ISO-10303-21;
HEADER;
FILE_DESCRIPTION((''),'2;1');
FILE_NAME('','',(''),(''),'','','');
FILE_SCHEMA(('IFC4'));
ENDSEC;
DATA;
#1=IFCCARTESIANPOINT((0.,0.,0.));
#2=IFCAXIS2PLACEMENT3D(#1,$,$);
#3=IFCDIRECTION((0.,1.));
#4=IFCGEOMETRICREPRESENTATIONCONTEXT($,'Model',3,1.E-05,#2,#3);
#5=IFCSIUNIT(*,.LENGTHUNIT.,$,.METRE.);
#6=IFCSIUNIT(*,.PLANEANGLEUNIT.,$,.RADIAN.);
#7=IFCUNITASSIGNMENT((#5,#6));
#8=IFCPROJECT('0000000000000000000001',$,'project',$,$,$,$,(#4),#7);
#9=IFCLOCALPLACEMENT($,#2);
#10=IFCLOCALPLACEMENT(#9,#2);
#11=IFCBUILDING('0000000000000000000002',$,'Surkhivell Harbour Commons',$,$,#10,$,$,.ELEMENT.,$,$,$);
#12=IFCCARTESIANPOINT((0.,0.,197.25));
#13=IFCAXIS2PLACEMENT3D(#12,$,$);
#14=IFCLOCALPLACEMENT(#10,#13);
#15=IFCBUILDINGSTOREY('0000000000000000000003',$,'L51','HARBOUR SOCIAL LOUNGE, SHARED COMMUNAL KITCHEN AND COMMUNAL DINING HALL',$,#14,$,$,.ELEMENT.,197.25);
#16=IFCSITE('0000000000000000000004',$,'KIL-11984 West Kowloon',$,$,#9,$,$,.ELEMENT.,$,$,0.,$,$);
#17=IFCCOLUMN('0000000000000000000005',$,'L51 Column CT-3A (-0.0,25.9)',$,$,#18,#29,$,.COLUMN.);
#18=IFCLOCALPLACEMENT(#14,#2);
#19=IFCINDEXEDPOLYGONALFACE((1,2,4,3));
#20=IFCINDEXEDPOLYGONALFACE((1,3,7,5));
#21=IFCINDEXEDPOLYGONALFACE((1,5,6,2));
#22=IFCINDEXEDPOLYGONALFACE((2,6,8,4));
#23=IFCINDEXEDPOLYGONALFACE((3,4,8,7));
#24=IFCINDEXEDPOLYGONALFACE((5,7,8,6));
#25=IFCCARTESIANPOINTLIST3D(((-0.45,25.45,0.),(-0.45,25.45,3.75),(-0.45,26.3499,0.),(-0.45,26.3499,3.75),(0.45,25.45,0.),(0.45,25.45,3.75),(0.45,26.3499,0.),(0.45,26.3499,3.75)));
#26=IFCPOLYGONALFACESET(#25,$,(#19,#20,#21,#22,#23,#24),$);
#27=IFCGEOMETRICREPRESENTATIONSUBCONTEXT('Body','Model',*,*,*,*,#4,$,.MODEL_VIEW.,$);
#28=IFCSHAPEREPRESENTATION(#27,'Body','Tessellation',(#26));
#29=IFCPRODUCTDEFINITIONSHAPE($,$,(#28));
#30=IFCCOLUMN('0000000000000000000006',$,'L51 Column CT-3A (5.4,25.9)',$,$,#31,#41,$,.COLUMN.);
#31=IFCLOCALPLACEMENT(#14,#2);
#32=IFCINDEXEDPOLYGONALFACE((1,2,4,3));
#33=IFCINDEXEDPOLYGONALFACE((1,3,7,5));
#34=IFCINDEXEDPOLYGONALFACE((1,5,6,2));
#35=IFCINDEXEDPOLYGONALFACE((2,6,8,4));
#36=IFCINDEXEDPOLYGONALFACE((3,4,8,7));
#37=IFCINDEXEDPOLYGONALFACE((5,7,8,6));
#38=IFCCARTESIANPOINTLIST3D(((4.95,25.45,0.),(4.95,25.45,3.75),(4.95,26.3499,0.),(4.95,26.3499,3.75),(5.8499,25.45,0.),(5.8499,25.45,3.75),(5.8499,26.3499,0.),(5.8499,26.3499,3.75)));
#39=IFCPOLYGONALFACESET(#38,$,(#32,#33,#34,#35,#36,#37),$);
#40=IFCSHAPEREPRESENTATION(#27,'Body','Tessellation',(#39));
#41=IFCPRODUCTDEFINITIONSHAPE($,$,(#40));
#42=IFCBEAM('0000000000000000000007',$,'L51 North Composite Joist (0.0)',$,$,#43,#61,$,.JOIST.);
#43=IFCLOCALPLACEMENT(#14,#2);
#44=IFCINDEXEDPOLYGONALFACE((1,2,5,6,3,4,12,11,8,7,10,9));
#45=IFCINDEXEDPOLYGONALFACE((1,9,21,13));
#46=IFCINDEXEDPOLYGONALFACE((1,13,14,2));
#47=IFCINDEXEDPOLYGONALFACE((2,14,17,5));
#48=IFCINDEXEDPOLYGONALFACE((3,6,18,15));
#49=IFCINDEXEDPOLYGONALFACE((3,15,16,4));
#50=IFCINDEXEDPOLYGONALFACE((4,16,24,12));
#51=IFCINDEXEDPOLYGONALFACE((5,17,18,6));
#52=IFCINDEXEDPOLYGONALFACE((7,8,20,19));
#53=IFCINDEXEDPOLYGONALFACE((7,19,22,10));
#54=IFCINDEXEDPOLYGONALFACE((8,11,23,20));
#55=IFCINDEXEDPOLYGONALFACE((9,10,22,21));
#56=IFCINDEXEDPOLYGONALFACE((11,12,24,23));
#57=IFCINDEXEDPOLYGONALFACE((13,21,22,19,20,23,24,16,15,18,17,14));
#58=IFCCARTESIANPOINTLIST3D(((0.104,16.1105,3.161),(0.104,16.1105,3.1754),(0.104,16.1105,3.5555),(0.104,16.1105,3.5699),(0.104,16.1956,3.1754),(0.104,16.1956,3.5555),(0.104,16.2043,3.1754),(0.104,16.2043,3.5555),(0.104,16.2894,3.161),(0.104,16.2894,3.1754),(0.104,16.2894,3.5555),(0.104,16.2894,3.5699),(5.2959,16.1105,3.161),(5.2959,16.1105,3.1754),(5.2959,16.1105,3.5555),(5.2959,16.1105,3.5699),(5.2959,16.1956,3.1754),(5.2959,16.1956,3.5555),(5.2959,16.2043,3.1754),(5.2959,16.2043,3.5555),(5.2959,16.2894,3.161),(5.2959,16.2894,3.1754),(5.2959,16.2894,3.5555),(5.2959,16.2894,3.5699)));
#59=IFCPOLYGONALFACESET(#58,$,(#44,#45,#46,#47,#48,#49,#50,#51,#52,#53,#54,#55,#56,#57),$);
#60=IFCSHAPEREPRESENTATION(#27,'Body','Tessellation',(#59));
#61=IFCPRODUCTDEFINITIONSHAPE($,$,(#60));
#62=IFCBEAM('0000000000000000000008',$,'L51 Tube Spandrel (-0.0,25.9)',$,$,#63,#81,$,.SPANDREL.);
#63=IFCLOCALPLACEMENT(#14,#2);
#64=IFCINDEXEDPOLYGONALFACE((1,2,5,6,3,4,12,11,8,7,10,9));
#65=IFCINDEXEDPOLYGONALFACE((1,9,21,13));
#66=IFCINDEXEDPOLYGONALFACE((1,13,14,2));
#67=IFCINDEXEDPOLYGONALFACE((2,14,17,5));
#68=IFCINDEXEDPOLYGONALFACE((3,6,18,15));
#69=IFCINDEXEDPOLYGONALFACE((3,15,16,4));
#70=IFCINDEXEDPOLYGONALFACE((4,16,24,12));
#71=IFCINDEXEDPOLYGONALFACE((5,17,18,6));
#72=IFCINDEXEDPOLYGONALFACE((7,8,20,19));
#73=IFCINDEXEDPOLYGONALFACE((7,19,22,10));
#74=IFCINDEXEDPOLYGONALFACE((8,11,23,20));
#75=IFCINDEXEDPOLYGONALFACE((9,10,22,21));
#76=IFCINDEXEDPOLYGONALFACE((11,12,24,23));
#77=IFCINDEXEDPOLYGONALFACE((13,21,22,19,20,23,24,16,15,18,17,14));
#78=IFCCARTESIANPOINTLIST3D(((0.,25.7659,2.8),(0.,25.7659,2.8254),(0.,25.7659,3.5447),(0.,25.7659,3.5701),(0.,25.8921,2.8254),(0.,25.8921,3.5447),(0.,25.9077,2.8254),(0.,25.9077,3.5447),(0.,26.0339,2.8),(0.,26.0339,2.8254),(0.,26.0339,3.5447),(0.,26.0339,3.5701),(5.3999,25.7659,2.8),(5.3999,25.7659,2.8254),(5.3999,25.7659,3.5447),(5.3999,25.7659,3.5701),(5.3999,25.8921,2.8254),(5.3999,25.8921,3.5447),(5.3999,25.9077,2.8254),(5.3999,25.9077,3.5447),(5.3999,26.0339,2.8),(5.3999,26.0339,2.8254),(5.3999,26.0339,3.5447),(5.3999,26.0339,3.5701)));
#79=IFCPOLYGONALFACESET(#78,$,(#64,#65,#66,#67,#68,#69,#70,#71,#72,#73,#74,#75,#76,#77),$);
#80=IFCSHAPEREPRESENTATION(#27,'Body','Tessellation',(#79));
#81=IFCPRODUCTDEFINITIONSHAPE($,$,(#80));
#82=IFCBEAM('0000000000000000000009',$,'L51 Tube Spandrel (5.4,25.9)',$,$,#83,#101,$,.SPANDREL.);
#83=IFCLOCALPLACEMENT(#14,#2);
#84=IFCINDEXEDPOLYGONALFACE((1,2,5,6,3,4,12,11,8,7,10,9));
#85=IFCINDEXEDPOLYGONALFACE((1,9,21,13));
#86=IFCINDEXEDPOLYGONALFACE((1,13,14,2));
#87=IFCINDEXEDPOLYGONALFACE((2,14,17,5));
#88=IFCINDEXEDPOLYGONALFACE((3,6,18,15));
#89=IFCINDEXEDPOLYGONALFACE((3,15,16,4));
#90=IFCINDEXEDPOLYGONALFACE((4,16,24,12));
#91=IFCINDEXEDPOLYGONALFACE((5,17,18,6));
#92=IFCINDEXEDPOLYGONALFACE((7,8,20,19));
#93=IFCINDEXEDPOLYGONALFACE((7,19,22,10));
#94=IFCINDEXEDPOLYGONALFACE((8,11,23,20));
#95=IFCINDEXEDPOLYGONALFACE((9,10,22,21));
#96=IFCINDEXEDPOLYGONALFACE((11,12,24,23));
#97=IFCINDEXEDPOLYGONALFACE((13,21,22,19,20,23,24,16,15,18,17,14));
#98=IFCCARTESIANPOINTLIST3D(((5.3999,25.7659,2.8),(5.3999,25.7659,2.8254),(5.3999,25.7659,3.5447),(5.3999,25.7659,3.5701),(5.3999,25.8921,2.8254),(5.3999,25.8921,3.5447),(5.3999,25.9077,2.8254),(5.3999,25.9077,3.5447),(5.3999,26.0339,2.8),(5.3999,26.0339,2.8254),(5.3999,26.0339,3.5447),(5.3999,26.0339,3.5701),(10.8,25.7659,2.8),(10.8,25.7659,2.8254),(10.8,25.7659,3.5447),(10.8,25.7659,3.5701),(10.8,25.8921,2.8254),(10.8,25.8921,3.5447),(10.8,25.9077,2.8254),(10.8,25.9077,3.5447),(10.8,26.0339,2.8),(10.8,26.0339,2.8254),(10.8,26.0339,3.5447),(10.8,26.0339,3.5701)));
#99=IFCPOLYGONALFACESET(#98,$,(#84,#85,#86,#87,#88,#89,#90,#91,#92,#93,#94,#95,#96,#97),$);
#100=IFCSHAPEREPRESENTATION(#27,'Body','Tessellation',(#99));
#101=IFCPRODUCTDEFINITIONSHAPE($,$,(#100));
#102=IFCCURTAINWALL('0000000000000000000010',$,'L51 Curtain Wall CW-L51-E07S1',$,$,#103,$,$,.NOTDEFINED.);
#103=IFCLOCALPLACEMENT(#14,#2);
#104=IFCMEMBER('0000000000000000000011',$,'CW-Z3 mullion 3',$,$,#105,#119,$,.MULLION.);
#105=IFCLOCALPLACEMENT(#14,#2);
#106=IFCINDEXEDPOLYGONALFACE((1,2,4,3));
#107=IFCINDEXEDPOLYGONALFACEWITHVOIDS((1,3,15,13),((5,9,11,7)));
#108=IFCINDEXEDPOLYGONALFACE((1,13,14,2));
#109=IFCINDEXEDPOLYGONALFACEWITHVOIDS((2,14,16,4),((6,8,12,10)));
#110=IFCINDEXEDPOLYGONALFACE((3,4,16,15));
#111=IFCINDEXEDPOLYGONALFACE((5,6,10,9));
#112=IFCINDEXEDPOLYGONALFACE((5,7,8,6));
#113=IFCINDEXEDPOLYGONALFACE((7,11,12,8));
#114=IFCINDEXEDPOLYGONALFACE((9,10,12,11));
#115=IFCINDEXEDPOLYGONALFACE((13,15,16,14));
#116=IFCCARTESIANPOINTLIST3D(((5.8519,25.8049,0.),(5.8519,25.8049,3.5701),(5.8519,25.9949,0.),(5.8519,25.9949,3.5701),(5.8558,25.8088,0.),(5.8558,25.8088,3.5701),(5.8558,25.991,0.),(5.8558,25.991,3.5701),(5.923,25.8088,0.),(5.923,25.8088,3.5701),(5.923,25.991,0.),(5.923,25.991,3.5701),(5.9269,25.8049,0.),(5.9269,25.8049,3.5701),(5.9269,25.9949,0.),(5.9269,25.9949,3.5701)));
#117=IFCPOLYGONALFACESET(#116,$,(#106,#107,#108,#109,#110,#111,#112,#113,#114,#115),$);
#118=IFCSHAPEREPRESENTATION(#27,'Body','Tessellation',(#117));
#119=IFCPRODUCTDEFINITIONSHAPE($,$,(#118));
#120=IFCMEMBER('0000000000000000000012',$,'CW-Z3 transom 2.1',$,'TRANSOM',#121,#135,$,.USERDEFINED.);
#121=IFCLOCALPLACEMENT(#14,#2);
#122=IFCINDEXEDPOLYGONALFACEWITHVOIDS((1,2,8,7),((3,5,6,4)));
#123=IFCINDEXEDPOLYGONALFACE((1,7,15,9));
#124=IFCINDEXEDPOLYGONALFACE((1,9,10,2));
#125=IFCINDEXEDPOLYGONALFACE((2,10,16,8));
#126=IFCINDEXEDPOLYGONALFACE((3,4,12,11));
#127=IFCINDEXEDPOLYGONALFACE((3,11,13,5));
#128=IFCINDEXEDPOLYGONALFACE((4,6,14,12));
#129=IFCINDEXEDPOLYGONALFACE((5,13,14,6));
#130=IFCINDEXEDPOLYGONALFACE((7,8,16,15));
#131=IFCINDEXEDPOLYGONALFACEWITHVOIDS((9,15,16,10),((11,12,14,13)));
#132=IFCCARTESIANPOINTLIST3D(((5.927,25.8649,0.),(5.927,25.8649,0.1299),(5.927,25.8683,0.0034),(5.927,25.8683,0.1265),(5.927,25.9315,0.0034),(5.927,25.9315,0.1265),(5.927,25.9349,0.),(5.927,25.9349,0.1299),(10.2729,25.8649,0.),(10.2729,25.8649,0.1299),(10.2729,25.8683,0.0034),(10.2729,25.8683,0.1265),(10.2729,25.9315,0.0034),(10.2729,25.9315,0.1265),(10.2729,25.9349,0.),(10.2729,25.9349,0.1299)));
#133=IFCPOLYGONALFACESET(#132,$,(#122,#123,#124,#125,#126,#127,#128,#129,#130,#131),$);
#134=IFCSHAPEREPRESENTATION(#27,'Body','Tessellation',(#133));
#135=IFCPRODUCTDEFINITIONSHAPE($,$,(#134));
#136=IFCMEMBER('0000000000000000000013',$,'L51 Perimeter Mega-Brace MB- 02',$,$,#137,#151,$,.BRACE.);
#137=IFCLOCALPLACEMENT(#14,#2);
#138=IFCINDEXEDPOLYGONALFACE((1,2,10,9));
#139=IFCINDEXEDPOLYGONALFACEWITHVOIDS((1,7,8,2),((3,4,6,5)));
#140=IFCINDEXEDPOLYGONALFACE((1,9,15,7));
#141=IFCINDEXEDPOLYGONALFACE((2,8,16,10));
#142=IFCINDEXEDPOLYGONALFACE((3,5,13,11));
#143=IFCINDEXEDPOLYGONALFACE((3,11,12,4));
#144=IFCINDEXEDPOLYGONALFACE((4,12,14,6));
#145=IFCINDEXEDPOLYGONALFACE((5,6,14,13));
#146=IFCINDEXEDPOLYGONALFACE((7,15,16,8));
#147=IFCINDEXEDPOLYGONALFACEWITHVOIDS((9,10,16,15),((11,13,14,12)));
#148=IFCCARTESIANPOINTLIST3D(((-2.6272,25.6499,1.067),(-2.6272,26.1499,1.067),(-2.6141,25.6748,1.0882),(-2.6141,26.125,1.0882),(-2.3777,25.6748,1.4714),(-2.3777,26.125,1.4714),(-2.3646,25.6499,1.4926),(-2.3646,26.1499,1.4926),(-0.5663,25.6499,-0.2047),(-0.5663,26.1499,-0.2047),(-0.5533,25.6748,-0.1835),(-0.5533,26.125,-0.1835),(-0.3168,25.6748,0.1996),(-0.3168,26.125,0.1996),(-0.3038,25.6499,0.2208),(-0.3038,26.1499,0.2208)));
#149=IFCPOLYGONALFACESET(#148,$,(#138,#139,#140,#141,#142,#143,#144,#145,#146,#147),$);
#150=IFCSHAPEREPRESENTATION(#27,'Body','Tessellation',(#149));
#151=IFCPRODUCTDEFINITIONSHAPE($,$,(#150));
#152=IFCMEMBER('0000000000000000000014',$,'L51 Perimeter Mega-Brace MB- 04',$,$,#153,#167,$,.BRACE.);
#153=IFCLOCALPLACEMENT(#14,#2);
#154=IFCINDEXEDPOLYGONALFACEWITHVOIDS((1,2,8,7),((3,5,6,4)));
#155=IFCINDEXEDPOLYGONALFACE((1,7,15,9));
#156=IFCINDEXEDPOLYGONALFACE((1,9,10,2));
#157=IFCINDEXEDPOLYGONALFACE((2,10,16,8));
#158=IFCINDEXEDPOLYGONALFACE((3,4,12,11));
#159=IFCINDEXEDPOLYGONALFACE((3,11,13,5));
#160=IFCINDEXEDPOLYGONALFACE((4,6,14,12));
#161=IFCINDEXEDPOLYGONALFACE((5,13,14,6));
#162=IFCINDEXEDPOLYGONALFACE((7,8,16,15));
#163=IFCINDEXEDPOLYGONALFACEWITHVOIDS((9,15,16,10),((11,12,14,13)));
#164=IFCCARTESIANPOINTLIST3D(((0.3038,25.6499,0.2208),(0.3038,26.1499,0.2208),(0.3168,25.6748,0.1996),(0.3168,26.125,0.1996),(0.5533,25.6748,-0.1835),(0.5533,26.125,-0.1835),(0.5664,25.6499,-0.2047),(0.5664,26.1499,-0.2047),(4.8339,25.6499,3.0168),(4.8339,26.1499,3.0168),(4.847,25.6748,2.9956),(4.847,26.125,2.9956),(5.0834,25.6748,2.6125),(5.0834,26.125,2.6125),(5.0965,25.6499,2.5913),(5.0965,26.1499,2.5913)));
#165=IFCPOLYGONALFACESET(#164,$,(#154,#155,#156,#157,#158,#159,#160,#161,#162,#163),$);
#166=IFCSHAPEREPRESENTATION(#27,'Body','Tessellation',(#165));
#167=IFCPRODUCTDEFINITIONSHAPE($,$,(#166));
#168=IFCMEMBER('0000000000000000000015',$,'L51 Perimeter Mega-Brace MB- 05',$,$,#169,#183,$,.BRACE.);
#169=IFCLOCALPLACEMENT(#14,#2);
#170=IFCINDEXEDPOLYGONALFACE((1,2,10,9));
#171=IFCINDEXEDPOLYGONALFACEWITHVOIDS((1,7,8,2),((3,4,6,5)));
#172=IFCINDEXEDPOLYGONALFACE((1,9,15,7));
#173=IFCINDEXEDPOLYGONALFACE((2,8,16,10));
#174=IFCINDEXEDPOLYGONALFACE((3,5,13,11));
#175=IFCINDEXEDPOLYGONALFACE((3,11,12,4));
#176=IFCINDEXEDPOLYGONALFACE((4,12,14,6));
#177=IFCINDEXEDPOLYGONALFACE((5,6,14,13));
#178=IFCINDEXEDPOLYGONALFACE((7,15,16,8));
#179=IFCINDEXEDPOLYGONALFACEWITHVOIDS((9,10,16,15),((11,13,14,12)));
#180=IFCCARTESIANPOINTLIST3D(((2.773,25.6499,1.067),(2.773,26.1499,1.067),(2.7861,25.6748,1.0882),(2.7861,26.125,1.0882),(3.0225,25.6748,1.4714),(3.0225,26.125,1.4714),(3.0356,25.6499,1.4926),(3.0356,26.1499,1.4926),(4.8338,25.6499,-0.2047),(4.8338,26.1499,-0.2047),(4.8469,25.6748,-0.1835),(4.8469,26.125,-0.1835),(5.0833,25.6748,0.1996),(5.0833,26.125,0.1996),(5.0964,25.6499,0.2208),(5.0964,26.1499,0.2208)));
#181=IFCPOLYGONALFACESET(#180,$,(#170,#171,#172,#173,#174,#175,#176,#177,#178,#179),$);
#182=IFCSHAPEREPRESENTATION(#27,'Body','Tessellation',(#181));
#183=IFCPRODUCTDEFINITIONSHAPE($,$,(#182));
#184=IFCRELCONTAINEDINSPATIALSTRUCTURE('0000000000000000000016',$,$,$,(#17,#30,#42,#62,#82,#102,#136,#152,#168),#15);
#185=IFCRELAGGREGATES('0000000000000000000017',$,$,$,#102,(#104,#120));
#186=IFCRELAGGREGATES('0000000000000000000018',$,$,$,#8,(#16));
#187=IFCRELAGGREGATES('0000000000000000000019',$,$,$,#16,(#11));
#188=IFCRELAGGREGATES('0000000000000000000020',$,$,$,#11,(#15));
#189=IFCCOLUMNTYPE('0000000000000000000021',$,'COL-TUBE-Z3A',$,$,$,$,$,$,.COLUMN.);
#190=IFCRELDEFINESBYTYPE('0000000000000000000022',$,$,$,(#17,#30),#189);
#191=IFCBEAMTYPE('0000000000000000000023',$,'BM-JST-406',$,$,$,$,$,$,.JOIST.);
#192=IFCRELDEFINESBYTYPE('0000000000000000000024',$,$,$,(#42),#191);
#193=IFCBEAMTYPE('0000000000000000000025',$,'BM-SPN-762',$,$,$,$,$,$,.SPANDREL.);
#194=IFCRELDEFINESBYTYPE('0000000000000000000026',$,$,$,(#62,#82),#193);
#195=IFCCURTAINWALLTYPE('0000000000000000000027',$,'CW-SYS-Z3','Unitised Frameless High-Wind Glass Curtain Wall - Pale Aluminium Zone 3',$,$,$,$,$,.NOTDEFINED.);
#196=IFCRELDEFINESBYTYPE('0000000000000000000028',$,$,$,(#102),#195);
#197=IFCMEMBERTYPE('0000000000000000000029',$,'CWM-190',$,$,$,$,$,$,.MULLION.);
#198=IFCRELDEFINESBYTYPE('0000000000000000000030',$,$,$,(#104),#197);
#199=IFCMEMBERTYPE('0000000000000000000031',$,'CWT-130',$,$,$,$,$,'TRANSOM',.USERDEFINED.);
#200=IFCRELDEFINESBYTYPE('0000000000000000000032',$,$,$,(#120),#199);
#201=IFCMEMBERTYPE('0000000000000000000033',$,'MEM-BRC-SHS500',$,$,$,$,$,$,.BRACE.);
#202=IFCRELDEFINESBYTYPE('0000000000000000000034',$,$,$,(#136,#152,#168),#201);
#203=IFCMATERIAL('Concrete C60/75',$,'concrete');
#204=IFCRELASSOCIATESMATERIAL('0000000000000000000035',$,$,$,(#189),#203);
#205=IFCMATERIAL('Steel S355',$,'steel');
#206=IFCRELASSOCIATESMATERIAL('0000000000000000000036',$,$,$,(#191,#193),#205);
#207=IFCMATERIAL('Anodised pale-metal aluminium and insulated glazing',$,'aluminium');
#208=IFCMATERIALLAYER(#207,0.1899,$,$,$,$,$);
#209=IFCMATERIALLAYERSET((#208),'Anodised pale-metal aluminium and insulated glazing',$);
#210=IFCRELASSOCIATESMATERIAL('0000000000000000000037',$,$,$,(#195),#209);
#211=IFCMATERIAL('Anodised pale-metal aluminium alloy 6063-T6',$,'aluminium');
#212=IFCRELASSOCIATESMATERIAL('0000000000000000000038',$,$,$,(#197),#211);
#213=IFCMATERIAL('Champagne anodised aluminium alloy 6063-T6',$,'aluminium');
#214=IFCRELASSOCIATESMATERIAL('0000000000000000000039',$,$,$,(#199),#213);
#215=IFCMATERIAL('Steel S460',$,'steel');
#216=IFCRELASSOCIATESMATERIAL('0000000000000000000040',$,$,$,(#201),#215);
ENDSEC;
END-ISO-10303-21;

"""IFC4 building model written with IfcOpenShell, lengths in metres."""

from ifc_helpers import new_model, si_unit, direction, frame, origin, origin_2d, place, context, subcontext, project, spatial, rectangle, hollow_rectangle, i_section, extrude, material, layer, layer_set, material_profile, profile_set, type_object, element, aggregate, save


model = new_model("IFC4")

# Units and contexts
model_context = context("Model", 3, precision=1e-05, world=origin(), true_north=direction((0.0, 1.0)))
body_context = subcontext(model_context, "Body", "Model", "MODEL_VIEW")
ifc_project = project(units=[si_unit("LENGTHUNIT", "METRE"), si_unit("PLANEANGLEUNIT", "RADIAN")], contexts=[model_context])

# Site, building, storey
site_placement = place(None, origin())
site = spatial("IfcSite", under=ifc_project, at=site_placement, Name="KIL-11984 West Kowloon", CompositionType="ELEMENT", RefElevation=0.0)
building_placement = place(site_placement, origin())
building = spatial("IfcBuilding", under=site, at=building_placement, Name="Surkhivell Harbour Commons", CompositionType="ELEMENT")
storey_placement = place(building_placement, frame((0.0, 0.0, 197.25)))
storey = spatial("IfcBuildingStorey", under=building, at=storey_placement, Name="L51", Description="HARBOUR SOCIAL LOUNGE, SHARED COMMUNAL KITCHEN AND COMMUNAL DINING HALL", CompositionType="ELEMENT", Elevation=197.25)

# Columns
ifc_material_1 = material(Name="Concrete C60/75", Category="concrete")
ifc_material_profile_1 = material_profile(ifc_material_1, rectangle(XDim=0.8999, YDim=0.8999, at=origin_2d()), Name="RC-COL-900x900")
ifc_profile_set_1 = profile_set([ifc_material_profile_1], Name="Concrete C60/75")
column_type = type_object("IfcColumnType", Name="COL-TUBE-Z3A", PredefinedType="COLUMN", material=ifc_profile_set_1)
for number, where, z_axis, x_axis, name in (
    (1, (0.0, 25.8999, 0.0), (0.0, 0.0, 1.0), (1.0, 0.0, 0.0), "L51 Column CT-3A (-0.0,25.9)"),
    (2, (5.3999, 25.8999, 0.0), (0.0, 0.0, 1.0), (1.0, 0.0, 0.0), "L51 Column CT-3A (5.4,25.9)"),
):
    element("IfcColumn", number, at=place(storey_placement, frame(where, z_axis=z_axis, x_axis=x_axis)), inside=storey, type_object=column_type, Name=name, PredefinedType="COLUMN", context=body_context, shape_type="SweptSolid", body=[
        extrude(rectangle(XDim=0.8999, YDim=0.8999, at=origin_2d()), origin(), (0.0, 0.0, 1.0), 3.75),
    ])

# Beams
ifc_material_2 = material(Name="Steel S355", Category="steel")
ifc_material_profile_2 = material_profile(ifc_material_2, i_section(OverallWidth=0.179, OverallDepth=0.4089, WebThickness=0.0088, FlangeThickness=0.0144, at=origin_2d()), Name="UB406x178x67")
ifc_profile_set_2 = profile_set([ifc_material_profile_2], Name="Steel S355")
beam_type_1 = type_object("IfcBeamType", Name="BM-JST-406", PredefinedType="JOIST", material=ifc_profile_set_2)
beam_1_placement = place(storey_placement, frame((0.104, 16.2, 3.3655), z_axis=(1.0, 0.0, 0.0), x_axis=(0.0, 1.0, 0.0)))
element("IfcBeam", 3, at=beam_1_placement, inside=storey, type_object=beam_type_1, Name="L51 North Composite Joist (0.0)", PredefinedType="JOIST", context=body_context, shape_type="SweptSolid", body=[
    extrude(i_section(OverallWidth=0.179, OverallDepth=0.4089, WebThickness=0.0088, FlangeThickness=0.0144, at=origin_2d()), origin(), (0.0, 0.0, 1.0), 5.1919),
])
ifc_material_profile_3 = material_profile(ifc_material_2, i_section(OverallWidth=0.2681, OverallDepth=0.77, WebThickness=0.0156, FlangeThickness=0.0254, at=origin_2d()), Name="UB762x267x197")
ifc_profile_set_3 = profile_set([ifc_material_profile_3], Name="Steel S355")
beam_type_2 = type_object("IfcBeamType", Name="BM-SPN-762", PredefinedType="SPANDREL", material=ifc_profile_set_3)
beam_2_placement = place(storey_placement, frame((0.0, 25.8999, 3.1851), z_axis=(1.0, 0.0, 0.0), x_axis=(0.0, 1.0, 0.0)))
element("IfcBeam", 4, at=beam_2_placement, inside=storey, type_object=beam_type_2, Name="L51 Tube Spandrel (-0.0,25.9)", PredefinedType="SPANDREL", context=body_context, shape_type="SweptSolid", body=[
    extrude(i_section(OverallWidth=0.2681, OverallDepth=0.77, WebThickness=0.0156, FlangeThickness=0.0254, at=origin_2d()), origin(), (0.0, 0.0, 1.0), 5.3999),
])
beam_3_placement = place(storey_placement, frame((5.3999, 25.8999, 3.1851), z_axis=(1.0, 0.0, 0.0), x_axis=(0.0, 1.0, 0.0)))
element("IfcBeam", 5, at=beam_3_placement, inside=storey, type_object=beam_type_2, Name="L51 Tube Spandrel (5.4,25.9)", PredefinedType="SPANDREL", context=body_context, shape_type="SweptSolid", body=[
    extrude(i_section(OverallWidth=0.2681, OverallDepth=0.77, WebThickness=0.0156, FlangeThickness=0.0254, at=origin_2d()), origin(), (0.0, 0.0, 1.0), 5.4001),
])

# Curtain wall, members
ifc_material_3 = material(Name="Anodised pale-metal aluminium and insulated glazing", Category="aluminium")
ifc_layer_1 = layer(ifc_material_3, 0.1899)
ifc_layer_set_1 = layer_set([ifc_layer_1], Name="Anodised pale-metal aluminium and insulated glazing")
curtain_wall_type = type_object("IfcCurtainWallType", Name="CW-SYS-Z3", Description="Unitised Frameless High-Wind Glass Curtain Wall - Pale Aluminium Zone 3", PredefinedType="NOTDEFINED", material=ifc_layer_set_1)
curtain_wall_placement = place(storey_placement, origin())
curtain_wall = element("IfcCurtainWall", 6, at=curtain_wall_placement, inside=storey, type_object=curtain_wall_type, Name="L51 Curtain Wall CW-L51-E07S1", PredefinedType="NOTDEFINED")
ifc_material_4 = material(Name="Anodised pale-metal aluminium alloy 6063-T6", Category="aluminium")
ifc_material_profile_4 = material_profile(ifc_material_4, hollow_rectangle(XDim=0.075, YDim=0.1899, WallThickness=0.0039, at=origin_2d()), Name="ALU-MULL-75x190")
ifc_profile_set_4 = profile_set([ifc_material_profile_4], Name="Anodised pale-metal aluminium alloy 6063-T6")
member_type_1 = type_object("IfcMemberType", Name="CWM-190", PredefinedType="MULLION", material=ifc_profile_set_4)
member_1_placement = place(storey_placement, frame((5.8894, 25.8999, 0.0), z_axis=(0.0, 0.0, 1.0), x_axis=(-1.0, 0.0, 0.0)))
member_1 = element("IfcMember", 7, at=member_1_placement, type_object=member_type_1, Name="CW-Z3 mullion 3", PredefinedType="MULLION", context=body_context, shape_type="SweptSolid", body=[
    extrude(hollow_rectangle(XDim=0.075, YDim=0.1899, WallThickness=0.0039, at=origin_2d()), origin(), (0.0, 0.0, 1.0), 3.5701),
])
ifc_material_5 = material(Name="Champagne anodised aluminium alloy 6063-T6", Category="aluminium")
ifc_material_profile_5 = material_profile(ifc_material_5, hollow_rectangle(XDim=0.0701, YDim=0.1299, WallThickness=0.0034, at=origin_2d()), Name="ALU-TRAN-70x130")
ifc_profile_set_5 = profile_set([ifc_material_profile_5], Name="Champagne anodised aluminium alloy 6063-T6")
member_type_2 = type_object("IfcMemberType", Name="CWT-130", ElementType="TRANSOM", PredefinedType="USERDEFINED", material=ifc_profile_set_5)
member_2_placement = place(storey_placement, frame((10.2729, 25.8999, 0.0649), z_axis=(-1.0, 0.0, 0.0), x_axis=(0.0, -1.0, 0.0)))
member_2 = element("IfcMember", 8, at=member_2_placement, type_object=member_type_2, Name="CW-Z3 transom 2.1", ObjectType="TRANSOM", PredefinedType="USERDEFINED", context=body_context, shape_type="SweptSolid", body=[
    extrude(hollow_rectangle(XDim=0.0701, YDim=0.1299, WallThickness=0.0034, at=origin_2d()), origin(), (0.0, 0.0, 1.0), 4.3459),
])

# Members
ifc_material_6 = material(Name="Steel S460", Category="steel")
ifc_material_profile_6 = material_profile(ifc_material_6, hollow_rectangle(XDim=0.5, YDim=0.5, WallThickness=0.0249, at=origin_2d()), Name="SHS500x500x25")
ifc_profile_set_6 = profile_set([ifc_material_profile_6], Name="Steel S460")
member_type_3 = type_object("IfcMemberType", Name="MEM-BRC-SHS500", PredefinedType="BRACE", material=ifc_profile_set_6)
member_3_placement = place(storey_placement, frame((-0.4351, 25.8999, 0.0081), z_axis=(-0.851003, 0.0, 0.52516), x_axis=(0.0, -1.0, 0.0)))
element("IfcMember", 9, at=member_3_placement, inside=storey, type_object=member_type_3, Name="L51 Perimeter Mega-Brace MB- 02", PredefinedType="BRACE", context=body_context, shape_type="SweptSolid", body=[
    extrude(hollow_rectangle(XDim=0.5, YDim=0.5, WallThickness=0.0249, at=origin_2d()), origin(), (0.0, 0.0, 1.0), 2.4216),
])
member_4_placement = place(storey_placement, frame((0.4351, 25.8999, 0.0081), z_axis=(0.850971, 0.0, 0.525213), x_axis=(0.0, 1.0, 0.0)))
element("IfcMember", 10, at=member_4_placement, inside=storey, type_object=member_type_3, Name="L51 Perimeter Mega-Brace MB- 04", PredefinedType="BRACE", context=body_context, shape_type="SweptSolid", body=[
    extrude(hollow_rectangle(XDim=0.5, YDim=0.5, WallThickness=0.0249, at=origin_2d()), origin(), (0.0, 0.0, 1.0), 5.3235),
])
for number, where, z_axis, x_axis, name in (
    (11, (4.9651, 25.8999, 0.0081), (-0.851003, 0.0, 0.52516), (0.0, -1.0, 0.0), "L51 Perimeter Mega-Brace MB- 05"),
):
    element("IfcMember", number, at=place(storey_placement, frame(where, z_axis=z_axis, x_axis=x_axis)), inside=storey, type_object=member_type_3, Name=name, PredefinedType="BRACE", context=body_context, shape_type="SweptSolid", body=[
        extrude(hollow_rectangle(XDim=0.5, YDim=0.5, WallThickness=0.0249, at=origin_2d()), origin(), (0.0, 0.0, 1.0), 2.4216),
    ])

aggregate(curtain_wall, [member_1, member_2])

save(model, "model.ifc")
